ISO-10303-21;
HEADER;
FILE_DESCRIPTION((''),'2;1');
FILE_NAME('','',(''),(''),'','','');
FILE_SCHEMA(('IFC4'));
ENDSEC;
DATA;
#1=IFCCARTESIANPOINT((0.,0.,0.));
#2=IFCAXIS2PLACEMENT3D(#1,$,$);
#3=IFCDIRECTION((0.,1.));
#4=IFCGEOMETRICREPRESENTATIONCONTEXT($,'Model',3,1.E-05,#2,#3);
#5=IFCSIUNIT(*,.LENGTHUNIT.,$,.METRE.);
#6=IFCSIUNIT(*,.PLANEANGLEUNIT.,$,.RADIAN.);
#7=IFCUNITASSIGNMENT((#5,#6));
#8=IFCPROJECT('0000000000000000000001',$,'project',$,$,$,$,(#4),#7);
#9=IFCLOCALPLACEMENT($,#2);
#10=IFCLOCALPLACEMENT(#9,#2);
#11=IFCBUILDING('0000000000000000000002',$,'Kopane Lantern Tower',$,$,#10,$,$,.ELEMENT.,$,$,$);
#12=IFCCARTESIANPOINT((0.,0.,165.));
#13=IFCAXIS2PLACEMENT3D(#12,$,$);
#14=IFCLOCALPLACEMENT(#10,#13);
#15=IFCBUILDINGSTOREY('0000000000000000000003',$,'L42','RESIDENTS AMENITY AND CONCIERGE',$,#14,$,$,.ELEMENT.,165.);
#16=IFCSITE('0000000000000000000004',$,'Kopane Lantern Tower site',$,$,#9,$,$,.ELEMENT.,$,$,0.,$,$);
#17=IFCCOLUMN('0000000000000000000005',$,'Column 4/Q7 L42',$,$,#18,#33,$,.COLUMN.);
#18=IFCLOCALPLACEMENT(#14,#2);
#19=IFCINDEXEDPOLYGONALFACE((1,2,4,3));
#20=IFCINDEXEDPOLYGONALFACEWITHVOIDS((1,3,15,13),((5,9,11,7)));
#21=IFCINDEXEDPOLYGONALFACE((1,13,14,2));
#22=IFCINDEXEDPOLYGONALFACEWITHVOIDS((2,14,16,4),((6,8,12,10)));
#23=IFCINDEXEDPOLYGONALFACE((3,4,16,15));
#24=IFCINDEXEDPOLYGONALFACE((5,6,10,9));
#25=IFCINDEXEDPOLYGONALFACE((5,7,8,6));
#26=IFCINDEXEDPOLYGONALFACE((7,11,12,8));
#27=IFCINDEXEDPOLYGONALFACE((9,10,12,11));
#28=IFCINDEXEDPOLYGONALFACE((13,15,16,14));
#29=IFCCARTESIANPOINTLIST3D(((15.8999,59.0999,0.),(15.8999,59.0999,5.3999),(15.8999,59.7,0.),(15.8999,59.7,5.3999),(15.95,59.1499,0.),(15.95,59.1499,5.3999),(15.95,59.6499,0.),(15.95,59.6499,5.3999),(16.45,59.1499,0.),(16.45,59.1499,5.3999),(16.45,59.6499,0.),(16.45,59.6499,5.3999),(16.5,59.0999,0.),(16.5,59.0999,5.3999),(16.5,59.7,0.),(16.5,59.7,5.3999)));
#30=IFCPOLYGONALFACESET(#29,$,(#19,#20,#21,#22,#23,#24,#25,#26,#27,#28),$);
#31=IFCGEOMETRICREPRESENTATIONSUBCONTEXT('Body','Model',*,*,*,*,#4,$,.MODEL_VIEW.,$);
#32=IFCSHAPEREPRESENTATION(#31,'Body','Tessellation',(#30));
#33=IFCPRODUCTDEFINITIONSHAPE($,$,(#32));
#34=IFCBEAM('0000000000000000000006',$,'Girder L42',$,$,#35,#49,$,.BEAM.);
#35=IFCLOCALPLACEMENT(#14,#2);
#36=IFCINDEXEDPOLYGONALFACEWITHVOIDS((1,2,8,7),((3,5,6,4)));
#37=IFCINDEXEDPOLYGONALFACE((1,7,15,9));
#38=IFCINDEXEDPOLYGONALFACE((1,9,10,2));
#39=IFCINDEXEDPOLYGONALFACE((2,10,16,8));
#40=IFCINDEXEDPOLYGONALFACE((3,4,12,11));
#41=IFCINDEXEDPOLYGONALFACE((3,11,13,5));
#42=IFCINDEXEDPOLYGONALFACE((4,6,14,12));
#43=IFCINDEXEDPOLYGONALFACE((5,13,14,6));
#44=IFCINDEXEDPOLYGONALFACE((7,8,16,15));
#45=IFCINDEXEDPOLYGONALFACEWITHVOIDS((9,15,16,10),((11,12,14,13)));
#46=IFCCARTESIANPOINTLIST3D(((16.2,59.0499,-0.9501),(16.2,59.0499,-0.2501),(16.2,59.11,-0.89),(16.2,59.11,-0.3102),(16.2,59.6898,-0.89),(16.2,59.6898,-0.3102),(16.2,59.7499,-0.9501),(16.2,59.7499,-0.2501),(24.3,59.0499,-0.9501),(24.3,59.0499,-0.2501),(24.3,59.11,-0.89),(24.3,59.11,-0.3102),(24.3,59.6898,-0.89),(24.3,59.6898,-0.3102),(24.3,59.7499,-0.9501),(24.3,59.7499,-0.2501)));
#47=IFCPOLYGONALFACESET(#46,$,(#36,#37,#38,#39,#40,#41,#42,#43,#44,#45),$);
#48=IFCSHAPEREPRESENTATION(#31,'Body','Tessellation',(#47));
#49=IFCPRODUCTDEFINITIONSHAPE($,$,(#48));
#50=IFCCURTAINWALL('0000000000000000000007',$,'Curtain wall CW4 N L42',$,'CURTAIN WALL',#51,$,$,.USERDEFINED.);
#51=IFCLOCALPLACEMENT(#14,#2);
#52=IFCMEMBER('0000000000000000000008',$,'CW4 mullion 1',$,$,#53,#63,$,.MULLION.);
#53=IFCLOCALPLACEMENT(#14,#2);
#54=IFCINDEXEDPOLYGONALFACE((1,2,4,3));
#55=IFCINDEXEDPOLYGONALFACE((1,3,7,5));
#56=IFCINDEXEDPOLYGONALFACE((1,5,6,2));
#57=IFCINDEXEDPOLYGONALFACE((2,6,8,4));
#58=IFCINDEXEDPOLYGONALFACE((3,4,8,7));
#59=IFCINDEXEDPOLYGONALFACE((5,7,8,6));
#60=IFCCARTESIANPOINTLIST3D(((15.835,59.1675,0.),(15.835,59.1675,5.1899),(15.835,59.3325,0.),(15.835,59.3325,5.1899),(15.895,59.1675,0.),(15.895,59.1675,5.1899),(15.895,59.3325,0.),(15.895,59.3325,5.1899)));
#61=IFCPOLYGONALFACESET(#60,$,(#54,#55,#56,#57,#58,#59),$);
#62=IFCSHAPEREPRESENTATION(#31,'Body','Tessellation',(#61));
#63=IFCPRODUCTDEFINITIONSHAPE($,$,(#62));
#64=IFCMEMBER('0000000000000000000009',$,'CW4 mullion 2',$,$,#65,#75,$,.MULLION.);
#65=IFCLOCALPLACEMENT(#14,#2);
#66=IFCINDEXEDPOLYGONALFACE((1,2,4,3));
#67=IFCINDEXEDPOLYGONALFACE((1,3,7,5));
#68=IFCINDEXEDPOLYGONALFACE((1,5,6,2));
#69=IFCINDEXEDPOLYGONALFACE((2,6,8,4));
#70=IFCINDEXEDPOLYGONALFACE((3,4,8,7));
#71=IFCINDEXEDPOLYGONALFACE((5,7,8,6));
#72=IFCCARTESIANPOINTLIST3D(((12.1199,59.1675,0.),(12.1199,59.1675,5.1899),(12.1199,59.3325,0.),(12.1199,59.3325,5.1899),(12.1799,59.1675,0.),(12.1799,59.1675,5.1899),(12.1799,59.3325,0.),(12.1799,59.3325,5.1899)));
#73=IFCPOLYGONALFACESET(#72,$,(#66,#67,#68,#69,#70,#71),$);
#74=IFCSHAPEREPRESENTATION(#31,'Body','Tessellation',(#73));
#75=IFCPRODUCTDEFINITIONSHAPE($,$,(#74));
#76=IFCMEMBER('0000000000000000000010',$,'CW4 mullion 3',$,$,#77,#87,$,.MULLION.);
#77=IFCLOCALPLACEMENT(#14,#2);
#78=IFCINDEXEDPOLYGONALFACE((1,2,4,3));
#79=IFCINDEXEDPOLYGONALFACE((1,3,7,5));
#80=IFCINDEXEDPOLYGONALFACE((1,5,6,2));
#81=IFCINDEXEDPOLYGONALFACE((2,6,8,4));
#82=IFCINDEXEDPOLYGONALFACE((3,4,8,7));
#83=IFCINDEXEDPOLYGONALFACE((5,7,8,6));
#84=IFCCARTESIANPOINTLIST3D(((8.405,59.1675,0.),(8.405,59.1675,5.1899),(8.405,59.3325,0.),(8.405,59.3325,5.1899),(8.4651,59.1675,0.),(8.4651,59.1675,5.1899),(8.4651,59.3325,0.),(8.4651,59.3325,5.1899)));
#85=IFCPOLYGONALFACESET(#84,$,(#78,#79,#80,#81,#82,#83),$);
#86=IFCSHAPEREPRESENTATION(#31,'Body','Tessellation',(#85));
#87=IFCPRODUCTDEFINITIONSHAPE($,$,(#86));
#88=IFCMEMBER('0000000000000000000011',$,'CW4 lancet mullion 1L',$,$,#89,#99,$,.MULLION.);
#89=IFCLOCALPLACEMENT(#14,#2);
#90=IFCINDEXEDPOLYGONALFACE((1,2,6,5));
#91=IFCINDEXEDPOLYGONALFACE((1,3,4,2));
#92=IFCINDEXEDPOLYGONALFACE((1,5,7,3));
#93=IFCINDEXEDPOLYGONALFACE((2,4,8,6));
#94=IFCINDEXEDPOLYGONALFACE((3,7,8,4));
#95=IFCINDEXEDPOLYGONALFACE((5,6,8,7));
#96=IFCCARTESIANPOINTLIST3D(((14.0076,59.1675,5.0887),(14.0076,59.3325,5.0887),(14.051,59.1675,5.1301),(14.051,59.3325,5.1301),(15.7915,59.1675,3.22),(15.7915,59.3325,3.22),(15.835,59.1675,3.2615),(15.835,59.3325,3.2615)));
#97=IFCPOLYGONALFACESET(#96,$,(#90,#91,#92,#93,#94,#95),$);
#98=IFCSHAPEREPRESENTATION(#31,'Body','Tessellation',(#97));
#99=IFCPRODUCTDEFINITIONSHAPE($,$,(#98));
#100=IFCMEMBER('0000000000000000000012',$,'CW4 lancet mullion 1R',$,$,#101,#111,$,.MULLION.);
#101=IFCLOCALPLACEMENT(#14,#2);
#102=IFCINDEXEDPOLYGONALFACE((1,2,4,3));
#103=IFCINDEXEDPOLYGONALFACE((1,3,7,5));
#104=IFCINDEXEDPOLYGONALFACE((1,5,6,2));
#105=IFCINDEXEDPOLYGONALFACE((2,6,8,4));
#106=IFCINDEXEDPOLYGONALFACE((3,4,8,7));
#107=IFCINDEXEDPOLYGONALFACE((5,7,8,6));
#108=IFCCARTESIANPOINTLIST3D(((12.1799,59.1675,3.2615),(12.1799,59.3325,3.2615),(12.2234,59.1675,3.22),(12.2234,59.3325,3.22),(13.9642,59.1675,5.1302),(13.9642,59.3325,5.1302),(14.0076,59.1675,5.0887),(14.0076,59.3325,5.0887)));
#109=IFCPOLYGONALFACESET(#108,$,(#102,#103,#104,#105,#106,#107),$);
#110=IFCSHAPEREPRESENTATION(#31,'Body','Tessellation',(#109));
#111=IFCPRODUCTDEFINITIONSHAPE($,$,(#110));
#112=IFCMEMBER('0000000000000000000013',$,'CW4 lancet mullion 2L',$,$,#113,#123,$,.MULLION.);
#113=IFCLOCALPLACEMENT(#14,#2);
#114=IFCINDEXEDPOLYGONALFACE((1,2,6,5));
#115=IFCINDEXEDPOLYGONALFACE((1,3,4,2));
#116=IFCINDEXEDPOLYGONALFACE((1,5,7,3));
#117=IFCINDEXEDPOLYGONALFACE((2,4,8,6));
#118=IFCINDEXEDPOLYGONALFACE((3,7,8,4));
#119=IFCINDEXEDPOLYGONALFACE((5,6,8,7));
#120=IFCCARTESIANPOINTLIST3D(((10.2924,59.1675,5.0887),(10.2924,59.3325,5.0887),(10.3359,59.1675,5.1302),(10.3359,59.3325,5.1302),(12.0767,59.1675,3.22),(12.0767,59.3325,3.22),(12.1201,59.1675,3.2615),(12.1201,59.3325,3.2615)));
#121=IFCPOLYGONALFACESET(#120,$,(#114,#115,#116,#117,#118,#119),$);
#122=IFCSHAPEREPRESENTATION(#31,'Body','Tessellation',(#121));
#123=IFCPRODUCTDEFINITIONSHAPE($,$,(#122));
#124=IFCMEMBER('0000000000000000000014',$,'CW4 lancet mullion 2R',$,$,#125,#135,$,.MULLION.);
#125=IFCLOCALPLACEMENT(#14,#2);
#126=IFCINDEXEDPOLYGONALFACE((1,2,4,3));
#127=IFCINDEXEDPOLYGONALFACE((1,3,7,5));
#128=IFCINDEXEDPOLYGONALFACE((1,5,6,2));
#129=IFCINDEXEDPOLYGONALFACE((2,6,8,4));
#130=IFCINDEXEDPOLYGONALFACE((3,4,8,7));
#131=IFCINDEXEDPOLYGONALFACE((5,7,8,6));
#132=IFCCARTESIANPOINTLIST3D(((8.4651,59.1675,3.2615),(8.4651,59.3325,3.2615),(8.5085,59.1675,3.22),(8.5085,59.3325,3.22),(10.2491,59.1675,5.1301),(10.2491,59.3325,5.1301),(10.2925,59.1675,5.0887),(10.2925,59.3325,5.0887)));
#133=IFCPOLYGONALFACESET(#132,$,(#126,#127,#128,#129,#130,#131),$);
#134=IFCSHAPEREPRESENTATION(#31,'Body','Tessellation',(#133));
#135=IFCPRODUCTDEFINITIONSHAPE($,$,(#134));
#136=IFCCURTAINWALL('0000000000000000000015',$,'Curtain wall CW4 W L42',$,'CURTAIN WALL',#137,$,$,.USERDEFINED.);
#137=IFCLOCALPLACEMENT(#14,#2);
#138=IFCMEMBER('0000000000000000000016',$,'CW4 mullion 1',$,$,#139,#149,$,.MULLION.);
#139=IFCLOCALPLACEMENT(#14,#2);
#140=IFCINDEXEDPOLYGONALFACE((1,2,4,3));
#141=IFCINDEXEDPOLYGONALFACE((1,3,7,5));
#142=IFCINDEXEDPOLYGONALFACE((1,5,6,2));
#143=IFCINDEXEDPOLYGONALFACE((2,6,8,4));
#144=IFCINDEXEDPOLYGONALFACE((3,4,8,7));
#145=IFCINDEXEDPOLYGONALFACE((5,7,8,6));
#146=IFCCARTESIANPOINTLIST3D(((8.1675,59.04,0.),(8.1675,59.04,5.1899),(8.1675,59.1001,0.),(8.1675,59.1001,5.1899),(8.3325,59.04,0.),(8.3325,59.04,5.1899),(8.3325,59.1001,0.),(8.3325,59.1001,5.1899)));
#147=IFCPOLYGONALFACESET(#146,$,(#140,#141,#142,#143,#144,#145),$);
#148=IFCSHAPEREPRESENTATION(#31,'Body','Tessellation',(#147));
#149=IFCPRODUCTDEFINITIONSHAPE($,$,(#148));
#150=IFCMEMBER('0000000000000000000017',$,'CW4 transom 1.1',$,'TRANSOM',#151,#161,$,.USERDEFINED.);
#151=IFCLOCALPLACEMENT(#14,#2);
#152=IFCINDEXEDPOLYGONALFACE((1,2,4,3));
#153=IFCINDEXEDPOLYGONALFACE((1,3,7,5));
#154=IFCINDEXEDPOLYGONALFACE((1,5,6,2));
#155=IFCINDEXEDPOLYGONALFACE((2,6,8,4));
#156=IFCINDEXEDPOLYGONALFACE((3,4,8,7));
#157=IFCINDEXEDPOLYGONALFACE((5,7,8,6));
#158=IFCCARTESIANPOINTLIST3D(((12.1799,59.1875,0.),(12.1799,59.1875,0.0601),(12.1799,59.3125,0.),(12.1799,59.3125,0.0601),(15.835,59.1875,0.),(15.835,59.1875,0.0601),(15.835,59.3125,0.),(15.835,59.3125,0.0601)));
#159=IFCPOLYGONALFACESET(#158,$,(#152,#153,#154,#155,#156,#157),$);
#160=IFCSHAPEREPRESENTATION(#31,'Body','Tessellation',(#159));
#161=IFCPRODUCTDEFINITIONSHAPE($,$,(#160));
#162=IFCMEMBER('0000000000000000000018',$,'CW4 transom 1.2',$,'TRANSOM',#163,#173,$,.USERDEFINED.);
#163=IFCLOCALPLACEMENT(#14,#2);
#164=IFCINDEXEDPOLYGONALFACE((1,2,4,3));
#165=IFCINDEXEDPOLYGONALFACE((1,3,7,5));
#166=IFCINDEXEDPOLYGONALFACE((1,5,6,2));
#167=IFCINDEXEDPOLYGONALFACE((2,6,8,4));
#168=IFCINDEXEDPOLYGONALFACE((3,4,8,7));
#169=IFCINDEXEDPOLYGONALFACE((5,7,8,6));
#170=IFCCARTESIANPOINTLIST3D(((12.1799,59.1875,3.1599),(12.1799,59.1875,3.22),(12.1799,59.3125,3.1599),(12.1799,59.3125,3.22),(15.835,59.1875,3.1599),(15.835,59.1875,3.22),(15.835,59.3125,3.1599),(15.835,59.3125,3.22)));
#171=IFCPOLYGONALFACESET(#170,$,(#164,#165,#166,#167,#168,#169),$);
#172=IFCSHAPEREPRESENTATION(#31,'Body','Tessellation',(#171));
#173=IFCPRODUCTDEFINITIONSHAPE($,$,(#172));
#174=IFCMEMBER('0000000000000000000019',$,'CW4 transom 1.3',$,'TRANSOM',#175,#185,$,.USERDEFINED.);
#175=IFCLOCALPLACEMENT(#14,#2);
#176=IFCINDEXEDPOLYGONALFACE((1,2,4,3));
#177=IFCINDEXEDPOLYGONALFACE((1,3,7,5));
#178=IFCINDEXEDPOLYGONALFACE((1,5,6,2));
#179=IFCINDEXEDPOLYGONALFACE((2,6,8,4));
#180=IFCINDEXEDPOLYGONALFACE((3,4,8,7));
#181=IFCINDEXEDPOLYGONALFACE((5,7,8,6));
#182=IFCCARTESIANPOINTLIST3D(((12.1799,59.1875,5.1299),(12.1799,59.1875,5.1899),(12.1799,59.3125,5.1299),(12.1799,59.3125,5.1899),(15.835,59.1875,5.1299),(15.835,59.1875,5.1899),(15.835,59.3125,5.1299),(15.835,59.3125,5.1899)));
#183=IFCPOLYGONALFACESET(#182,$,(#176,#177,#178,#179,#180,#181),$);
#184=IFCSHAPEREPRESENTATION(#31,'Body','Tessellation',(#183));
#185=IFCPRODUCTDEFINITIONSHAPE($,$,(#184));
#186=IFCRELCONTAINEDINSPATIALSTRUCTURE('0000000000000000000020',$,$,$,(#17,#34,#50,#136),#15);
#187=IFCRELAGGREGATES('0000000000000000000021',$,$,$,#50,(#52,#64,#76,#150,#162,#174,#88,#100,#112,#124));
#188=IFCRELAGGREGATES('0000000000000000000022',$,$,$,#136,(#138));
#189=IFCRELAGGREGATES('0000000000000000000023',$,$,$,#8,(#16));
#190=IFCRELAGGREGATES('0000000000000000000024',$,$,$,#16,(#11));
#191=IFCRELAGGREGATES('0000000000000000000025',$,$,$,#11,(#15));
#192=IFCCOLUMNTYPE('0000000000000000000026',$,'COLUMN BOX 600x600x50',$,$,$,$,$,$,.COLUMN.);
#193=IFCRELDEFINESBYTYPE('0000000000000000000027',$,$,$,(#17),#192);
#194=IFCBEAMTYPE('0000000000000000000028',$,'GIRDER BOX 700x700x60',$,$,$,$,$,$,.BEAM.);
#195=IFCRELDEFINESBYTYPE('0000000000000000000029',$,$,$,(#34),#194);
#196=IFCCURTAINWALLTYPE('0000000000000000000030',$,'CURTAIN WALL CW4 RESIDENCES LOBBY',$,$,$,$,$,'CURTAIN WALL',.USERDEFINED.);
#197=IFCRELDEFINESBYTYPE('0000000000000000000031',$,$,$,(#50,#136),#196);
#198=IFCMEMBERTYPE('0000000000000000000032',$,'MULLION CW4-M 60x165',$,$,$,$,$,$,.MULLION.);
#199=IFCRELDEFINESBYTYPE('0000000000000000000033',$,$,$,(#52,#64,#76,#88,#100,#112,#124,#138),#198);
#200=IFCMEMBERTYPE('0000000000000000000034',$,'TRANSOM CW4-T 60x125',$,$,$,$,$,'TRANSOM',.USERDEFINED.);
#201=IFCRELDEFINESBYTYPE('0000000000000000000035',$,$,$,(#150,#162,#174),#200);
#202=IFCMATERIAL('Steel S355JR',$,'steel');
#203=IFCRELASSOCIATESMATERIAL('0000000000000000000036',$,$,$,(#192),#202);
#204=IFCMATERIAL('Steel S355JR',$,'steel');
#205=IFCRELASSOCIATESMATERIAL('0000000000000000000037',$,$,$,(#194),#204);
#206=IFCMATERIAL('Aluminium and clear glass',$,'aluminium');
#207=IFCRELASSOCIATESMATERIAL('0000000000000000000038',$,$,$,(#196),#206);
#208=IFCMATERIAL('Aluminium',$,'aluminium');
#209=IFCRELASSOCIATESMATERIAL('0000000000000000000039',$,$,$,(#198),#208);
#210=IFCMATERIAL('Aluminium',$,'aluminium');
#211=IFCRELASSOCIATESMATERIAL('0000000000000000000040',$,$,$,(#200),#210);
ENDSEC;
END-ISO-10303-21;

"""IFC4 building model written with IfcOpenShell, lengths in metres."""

from ifc_helpers import new_model, si_unit, direction, frame, origin, origin_2d, place, context, subcontext, project, spatial, rectangle, hollow_rectangle, extrude, material, material_profile, profile_set, type_object, element, aggregate, save


model = new_model("IFC4")

# Units and contexts
model_context = context("Model", 3, precision=1e-05, world=origin(), true_north=direction((0.0, 1.0)))
body_context = subcontext(model_context, "Body", "Model", "MODEL_VIEW")
ifc_project = project(units=[si_unit("LENGTHUNIT", "METRE"), si_unit("PLANEANGLEUNIT", "RADIAN")], contexts=[model_context])

# Site, building, storey
site_placement = place(None, origin())
site = spatial("IfcSite", under=ifc_project, at=site_placement, Name="Kopane Lantern Tower site", CompositionType="ELEMENT", RefElevation=0.0)
building_placement = place(site_placement, origin())
building = spatial("IfcBuilding", under=site, at=building_placement, Name="Kopane Lantern Tower", CompositionType="ELEMENT")
storey_placement = place(building_placement, frame((0.0, 0.0, 165.0)))
storey = spatial("IfcBuildingStorey", under=building, at=storey_placement, Name="L42", Description="RESIDENTS AMENITY AND CONCIERGE", CompositionType="ELEMENT", Elevation=165.0)

# Column
ifc_material_1 = material(Name="Steel S355JR", Category="steel")
ifc_material_profile_1 = material_profile(ifc_material_1, hollow_rectangle(XDim=0.6001, YDim=0.6001, WallThickness=0.05, at=origin_2d()), Name="BOX 600x600x50")
ifc_profile_set_1 = profile_set([ifc_material_profile_1], Name="Steel S355JR")
column_type = type_object("IfcColumnType", Name="COLUMN BOX 600x600x50", PredefinedType="COLUMN", material=ifc_profile_set_1)
column_placement = place(storey_placement, frame((16.2, 59.3999, 0.0), z_axis=(0.0, 0.0, 1.0), x_axis=(1.0, 0.0, 0.0)))
element("IfcColumn", 1, at=column_placement, inside=storey, type_object=column_type, Name="Column 4/Q7 L42", PredefinedType="COLUMN", context=body_context, shape_type="SweptSolid", body=[
    extrude(hollow_rectangle(XDim=0.6001, YDim=0.6001, WallThickness=0.05, at=origin_2d()), origin(), (0.0, 0.0, 1.0), 5.3999),
])

# Beam
ifc_material_2 = material(Name="Steel S355JR", Category="steel")
ifc_material_profile_2 = material_profile(ifc_material_2, hollow_rectangle(XDim=0.7, YDim=0.7, WallThickness=0.0601, at=origin_2d()), Name="BOX 700x700x60")
ifc_profile_set_2 = profile_set([ifc_material_profile_2], Name="Steel S355JR")
beam_type = type_object("IfcBeamType", Name="GIRDER BOX 700x700x60", PredefinedType="BEAM", material=ifc_profile_set_2)
beam_placement = place(storey_placement, frame((16.2, 59.3999, -0.6001), z_axis=(1.0, 0.0, 0.0), x_axis=(0.0, 1.0, 0.0)))
element("IfcBeam", 2, at=beam_placement, inside=storey, type_object=beam_type, Name="Girder L42", PredefinedType="BEAM", context=body_context, shape_type="SweptSolid", body=[
    extrude(hollow_rectangle(XDim=0.7, YDim=0.7, WallThickness=0.0601, at=origin_2d()), origin(), (0.0, 0.0, 1.0), 8.1001),
])

# Curtain wall, members
ifc_material_3 = material(Name="Aluminium and clear glass", Category="aluminium")
curtain_wall_type = type_object("IfcCurtainWallType", Name="CURTAIN WALL CW4 RESIDENCES LOBBY", ElementType="CURTAIN WALL", PredefinedType="USERDEFINED", material=ifc_material_3)
curtain_wall_1_placement = place(storey_placement, origin())
curtain_wall_1 = element("IfcCurtainWall", 3, at=curtain_wall_1_placement, inside=storey, type_object=curtain_wall_type, Name="Curtain wall CW4 N L42", ObjectType="CURTAIN WALL", PredefinedType="USERDEFINED")
ifc_material_4 = material(Name="Aluminium", Category="aluminium")
ifc_material_profile_3 = material_profile(ifc_material_4, rectangle(XDim=0.0601, YDim=0.165, at=origin_2d()), Name="AL 60x165")
ifc_profile_set_3 = profile_set([ifc_material_profile_3], Name="Aluminium")
member_type_1 = type_object("IfcMemberType", Name="MULLION CW4-M 60x165", PredefinedType="MULLION", material=ifc_profile_set_3)
member_1_placement = place(storey_placement, frame((15.865, 59.25, 0.0), z_axis=(0.0, 0.0, 1.0), x_axis=(-1.0, 0.0, 0.0)))
member_1 = element("IfcMember", 4, at=member_1_placement, type_object=member_type_1, Name="CW4 mullion 1", PredefinedType="MULLION", context=body_context, shape_type="SweptSolid", body=[
    extrude(rectangle(XDim=0.0601, YDim=0.165, at=origin_2d()), origin(), (0.0, 0.0, 1.0), 5.1899),
])
member_2_placement = place(storey_placement, frame((12.1499, 59.25, 0.0), z_axis=(0.0, 0.0, 1.0), x_axis=(-1.0, 0.0, 0.0)))
member_2 = element("IfcMember", 5, at=member_2_placement, type_object=member_type_1, Name="CW4 mullion 2", PredefinedType="MULLION", context=body_context, shape_type="SweptSolid", body=[
    extrude(rectangle(XDim=0.0601, YDim=0.165, at=origin_2d()), origin(), (0.0, 0.0, 1.0), 5.1899),
])
member_3_placement = place(storey_placement, frame((8.4351, 59.25, 0.0), z_axis=(0.0, 0.0, 1.0), x_axis=(-1.0, 0.0, 0.0)))
member_3 = element("IfcMember", 6, at=member_3_placement, type_object=member_type_1, Name="CW4 mullion 3", PredefinedType="MULLION", context=body_context, shape_type="SweptSolid", body=[
    extrude(rectangle(XDim=0.0601, YDim=0.165, at=origin_2d()), origin(), (0.0, 0.0, 1.0), 5.1899),
])
member_4_placement = place(storey_placement, frame((15.8132, 59.25, 3.2407), z_axis=(-0.690521, 0.0, 0.723313), x_axis=(0.723313, 0.0, 0.690521)))
member_4 = element("IfcMember", 7, at=member_4_placement, type_object=member_type_1, Name="CW4 lancet mullion 1L", PredefinedType="MULLION", context=body_context, shape_type="SweptSolid", body=[
    extrude(rectangle(XDim=0.0601, YDim=0.165, at=origin_2d()), origin(), (0.0, 0.0, 1.0), 2.5835),
])
member_5_placement = place(storey_placement, frame((12.2017, 59.25, 3.2407), z_axis=(0.69057, 0.0, 0.723265), x_axis=(-0.723265, 0.0, 0.69057)))
member_5 = element("IfcMember", 8, at=member_5_placement, type_object=member_type_1, Name="CW4 lancet mullion 1R", PredefinedType="MULLION", context=body_context, shape_type="SweptSolid", body=[
    extrude(rectangle(XDim=0.0601, YDim=0.165, at=origin_2d()), origin(), (0.0, 0.0, 1.0), 2.5837),
])
member_6_placement = place(storey_placement, frame((12.0984, 59.25, 3.2407), z_axis=(-0.69057, 0.0, 0.723265), x_axis=(0.723265, 0.0, 0.69057)))
member_6 = element("IfcMember", 9, at=member_6_placement, type_object=member_type_1, Name="CW4 lancet mullion 2L", PredefinedType="MULLION", context=body_context, shape_type="SweptSolid", body=[
    extrude(rectangle(XDim=0.0601, YDim=0.165, at=origin_2d()), origin(), (0.0, 0.0, 1.0), 2.5837),
])
member_7_placement = place(storey_placement, frame((8.4868, 59.25, 3.2407), z_axis=(0.690521, 0.0, 0.723313), x_axis=(-0.723313, 0.0, 0.690521)))
member_7 = element("IfcMember", 10, at=member_7_placement, type_object=member_type_1, Name="CW4 lancet mullion 2R", PredefinedType="MULLION", context=body_context, shape_type="SweptSolid", body=[
    extrude(rectangle(XDim=0.0601, YDim=0.165, at=origin_2d()), origin(), (0.0, 0.0, 1.0), 2.5835),
])

# Curtain wall, member
curtain_wall_2_placement = place(storey_placement, origin())
curtain_wall_2 = element("IfcCurtainWall", 11, at=curtain_wall_2_placement, inside=storey, type_object=curtain_wall_type, Name="Curtain wall CW4 W L42", ObjectType="CURTAIN WALL", PredefinedType="USERDEFINED")
member_8_placement = place(storey_placement, frame((8.25, 59.0701, 0.0), z_axis=(0.0, 0.0, 1.0), x_axis=(0.0, -1.0, 0.0)))
member_8 = element("IfcMember", 12, at=member_8_placement, type_object=member_type_1, Name="CW4 mullion 1", PredefinedType="MULLION", context=body_context, shape_type="SweptSolid", body=[
    extrude(rectangle(XDim=0.0601, YDim=0.165, at=origin_2d()), origin(), (0.0, 0.0, 1.0), 5.1899),
])

# Members
ifc_material_5 = material(Name="Aluminium", Category="aluminium")
ifc_material_profile_4 = material_profile(ifc_material_5, rectangle(XDim=0.125, YDim=0.0601, at=origin_2d()), Name="AL 125x60")
ifc_profile_set_4 = profile_set([ifc_material_profile_4], Name="Aluminium")
member_type_2 = type_object("IfcMemberType", Name="TRANSOM CW4-T 60x125", ElementType="TRANSOM", PredefinedType="USERDEFINED", material=ifc_profile_set_4)
member_9_placement = place(storey_placement, frame((15.835, 59.25, 0.03), z_axis=(-1.0, 0.0, 0.0), x_axis=(0.0, -1.0, 0.0)))
member_9 = element("IfcMember", 13, at=member_9_placement, type_object=member_type_2, Name="CW4 transom 1.1", ObjectType="TRANSOM", PredefinedType="USERDEFINED", context=body_context, shape_type="SweptSolid", body=[
    extrude(rectangle(XDim=0.125, YDim=0.0601, at=origin_2d()), origin(), (0.0, 0.0, 1.0), 3.655),
])
member_10_placement = place(storey_placement, frame((15.835, 59.25, 3.1899), z_axis=(-1.0, 0.0, 0.0), x_axis=(0.0, -1.0, 0.0)))
member_10 = element("IfcMember", 14, at=member_10_placement, type_object=member_type_2, Name="CW4 transom 1.2", ObjectType="TRANSOM", PredefinedType="USERDEFINED", context=body_context, shape_type="SweptSolid", body=[
    extrude(rectangle(XDim=0.125, YDim=0.0601, at=origin_2d()), origin(), (0.0, 0.0, 1.0), 3.655),
])
member_11_placement = place(storey_placement, frame((15.835, 59.25, 5.1599), z_axis=(-1.0, 0.0, 0.0), x_axis=(0.0, -1.0, 0.0)))
member_11 = element("IfcMember", 15, at=member_11_placement, type_object=member_type_2, Name="CW4 transom 1.3", ObjectType="TRANSOM", PredefinedType="USERDEFINED", context=body_context, shape_type="SweptSolid", body=[
    extrude(rectangle(XDim=0.125, YDim=0.0601, at=origin_2d()), origin(), (0.0, 0.0, 1.0), 3.655),
])

aggregate(curtain_wall_1, [member_1, member_2, member_3, member_9, member_10, member_11, member_4, member_5, member_6, member_7])
aggregate(curtain_wall_2, [member_8])

save(model, "model.ifc")
